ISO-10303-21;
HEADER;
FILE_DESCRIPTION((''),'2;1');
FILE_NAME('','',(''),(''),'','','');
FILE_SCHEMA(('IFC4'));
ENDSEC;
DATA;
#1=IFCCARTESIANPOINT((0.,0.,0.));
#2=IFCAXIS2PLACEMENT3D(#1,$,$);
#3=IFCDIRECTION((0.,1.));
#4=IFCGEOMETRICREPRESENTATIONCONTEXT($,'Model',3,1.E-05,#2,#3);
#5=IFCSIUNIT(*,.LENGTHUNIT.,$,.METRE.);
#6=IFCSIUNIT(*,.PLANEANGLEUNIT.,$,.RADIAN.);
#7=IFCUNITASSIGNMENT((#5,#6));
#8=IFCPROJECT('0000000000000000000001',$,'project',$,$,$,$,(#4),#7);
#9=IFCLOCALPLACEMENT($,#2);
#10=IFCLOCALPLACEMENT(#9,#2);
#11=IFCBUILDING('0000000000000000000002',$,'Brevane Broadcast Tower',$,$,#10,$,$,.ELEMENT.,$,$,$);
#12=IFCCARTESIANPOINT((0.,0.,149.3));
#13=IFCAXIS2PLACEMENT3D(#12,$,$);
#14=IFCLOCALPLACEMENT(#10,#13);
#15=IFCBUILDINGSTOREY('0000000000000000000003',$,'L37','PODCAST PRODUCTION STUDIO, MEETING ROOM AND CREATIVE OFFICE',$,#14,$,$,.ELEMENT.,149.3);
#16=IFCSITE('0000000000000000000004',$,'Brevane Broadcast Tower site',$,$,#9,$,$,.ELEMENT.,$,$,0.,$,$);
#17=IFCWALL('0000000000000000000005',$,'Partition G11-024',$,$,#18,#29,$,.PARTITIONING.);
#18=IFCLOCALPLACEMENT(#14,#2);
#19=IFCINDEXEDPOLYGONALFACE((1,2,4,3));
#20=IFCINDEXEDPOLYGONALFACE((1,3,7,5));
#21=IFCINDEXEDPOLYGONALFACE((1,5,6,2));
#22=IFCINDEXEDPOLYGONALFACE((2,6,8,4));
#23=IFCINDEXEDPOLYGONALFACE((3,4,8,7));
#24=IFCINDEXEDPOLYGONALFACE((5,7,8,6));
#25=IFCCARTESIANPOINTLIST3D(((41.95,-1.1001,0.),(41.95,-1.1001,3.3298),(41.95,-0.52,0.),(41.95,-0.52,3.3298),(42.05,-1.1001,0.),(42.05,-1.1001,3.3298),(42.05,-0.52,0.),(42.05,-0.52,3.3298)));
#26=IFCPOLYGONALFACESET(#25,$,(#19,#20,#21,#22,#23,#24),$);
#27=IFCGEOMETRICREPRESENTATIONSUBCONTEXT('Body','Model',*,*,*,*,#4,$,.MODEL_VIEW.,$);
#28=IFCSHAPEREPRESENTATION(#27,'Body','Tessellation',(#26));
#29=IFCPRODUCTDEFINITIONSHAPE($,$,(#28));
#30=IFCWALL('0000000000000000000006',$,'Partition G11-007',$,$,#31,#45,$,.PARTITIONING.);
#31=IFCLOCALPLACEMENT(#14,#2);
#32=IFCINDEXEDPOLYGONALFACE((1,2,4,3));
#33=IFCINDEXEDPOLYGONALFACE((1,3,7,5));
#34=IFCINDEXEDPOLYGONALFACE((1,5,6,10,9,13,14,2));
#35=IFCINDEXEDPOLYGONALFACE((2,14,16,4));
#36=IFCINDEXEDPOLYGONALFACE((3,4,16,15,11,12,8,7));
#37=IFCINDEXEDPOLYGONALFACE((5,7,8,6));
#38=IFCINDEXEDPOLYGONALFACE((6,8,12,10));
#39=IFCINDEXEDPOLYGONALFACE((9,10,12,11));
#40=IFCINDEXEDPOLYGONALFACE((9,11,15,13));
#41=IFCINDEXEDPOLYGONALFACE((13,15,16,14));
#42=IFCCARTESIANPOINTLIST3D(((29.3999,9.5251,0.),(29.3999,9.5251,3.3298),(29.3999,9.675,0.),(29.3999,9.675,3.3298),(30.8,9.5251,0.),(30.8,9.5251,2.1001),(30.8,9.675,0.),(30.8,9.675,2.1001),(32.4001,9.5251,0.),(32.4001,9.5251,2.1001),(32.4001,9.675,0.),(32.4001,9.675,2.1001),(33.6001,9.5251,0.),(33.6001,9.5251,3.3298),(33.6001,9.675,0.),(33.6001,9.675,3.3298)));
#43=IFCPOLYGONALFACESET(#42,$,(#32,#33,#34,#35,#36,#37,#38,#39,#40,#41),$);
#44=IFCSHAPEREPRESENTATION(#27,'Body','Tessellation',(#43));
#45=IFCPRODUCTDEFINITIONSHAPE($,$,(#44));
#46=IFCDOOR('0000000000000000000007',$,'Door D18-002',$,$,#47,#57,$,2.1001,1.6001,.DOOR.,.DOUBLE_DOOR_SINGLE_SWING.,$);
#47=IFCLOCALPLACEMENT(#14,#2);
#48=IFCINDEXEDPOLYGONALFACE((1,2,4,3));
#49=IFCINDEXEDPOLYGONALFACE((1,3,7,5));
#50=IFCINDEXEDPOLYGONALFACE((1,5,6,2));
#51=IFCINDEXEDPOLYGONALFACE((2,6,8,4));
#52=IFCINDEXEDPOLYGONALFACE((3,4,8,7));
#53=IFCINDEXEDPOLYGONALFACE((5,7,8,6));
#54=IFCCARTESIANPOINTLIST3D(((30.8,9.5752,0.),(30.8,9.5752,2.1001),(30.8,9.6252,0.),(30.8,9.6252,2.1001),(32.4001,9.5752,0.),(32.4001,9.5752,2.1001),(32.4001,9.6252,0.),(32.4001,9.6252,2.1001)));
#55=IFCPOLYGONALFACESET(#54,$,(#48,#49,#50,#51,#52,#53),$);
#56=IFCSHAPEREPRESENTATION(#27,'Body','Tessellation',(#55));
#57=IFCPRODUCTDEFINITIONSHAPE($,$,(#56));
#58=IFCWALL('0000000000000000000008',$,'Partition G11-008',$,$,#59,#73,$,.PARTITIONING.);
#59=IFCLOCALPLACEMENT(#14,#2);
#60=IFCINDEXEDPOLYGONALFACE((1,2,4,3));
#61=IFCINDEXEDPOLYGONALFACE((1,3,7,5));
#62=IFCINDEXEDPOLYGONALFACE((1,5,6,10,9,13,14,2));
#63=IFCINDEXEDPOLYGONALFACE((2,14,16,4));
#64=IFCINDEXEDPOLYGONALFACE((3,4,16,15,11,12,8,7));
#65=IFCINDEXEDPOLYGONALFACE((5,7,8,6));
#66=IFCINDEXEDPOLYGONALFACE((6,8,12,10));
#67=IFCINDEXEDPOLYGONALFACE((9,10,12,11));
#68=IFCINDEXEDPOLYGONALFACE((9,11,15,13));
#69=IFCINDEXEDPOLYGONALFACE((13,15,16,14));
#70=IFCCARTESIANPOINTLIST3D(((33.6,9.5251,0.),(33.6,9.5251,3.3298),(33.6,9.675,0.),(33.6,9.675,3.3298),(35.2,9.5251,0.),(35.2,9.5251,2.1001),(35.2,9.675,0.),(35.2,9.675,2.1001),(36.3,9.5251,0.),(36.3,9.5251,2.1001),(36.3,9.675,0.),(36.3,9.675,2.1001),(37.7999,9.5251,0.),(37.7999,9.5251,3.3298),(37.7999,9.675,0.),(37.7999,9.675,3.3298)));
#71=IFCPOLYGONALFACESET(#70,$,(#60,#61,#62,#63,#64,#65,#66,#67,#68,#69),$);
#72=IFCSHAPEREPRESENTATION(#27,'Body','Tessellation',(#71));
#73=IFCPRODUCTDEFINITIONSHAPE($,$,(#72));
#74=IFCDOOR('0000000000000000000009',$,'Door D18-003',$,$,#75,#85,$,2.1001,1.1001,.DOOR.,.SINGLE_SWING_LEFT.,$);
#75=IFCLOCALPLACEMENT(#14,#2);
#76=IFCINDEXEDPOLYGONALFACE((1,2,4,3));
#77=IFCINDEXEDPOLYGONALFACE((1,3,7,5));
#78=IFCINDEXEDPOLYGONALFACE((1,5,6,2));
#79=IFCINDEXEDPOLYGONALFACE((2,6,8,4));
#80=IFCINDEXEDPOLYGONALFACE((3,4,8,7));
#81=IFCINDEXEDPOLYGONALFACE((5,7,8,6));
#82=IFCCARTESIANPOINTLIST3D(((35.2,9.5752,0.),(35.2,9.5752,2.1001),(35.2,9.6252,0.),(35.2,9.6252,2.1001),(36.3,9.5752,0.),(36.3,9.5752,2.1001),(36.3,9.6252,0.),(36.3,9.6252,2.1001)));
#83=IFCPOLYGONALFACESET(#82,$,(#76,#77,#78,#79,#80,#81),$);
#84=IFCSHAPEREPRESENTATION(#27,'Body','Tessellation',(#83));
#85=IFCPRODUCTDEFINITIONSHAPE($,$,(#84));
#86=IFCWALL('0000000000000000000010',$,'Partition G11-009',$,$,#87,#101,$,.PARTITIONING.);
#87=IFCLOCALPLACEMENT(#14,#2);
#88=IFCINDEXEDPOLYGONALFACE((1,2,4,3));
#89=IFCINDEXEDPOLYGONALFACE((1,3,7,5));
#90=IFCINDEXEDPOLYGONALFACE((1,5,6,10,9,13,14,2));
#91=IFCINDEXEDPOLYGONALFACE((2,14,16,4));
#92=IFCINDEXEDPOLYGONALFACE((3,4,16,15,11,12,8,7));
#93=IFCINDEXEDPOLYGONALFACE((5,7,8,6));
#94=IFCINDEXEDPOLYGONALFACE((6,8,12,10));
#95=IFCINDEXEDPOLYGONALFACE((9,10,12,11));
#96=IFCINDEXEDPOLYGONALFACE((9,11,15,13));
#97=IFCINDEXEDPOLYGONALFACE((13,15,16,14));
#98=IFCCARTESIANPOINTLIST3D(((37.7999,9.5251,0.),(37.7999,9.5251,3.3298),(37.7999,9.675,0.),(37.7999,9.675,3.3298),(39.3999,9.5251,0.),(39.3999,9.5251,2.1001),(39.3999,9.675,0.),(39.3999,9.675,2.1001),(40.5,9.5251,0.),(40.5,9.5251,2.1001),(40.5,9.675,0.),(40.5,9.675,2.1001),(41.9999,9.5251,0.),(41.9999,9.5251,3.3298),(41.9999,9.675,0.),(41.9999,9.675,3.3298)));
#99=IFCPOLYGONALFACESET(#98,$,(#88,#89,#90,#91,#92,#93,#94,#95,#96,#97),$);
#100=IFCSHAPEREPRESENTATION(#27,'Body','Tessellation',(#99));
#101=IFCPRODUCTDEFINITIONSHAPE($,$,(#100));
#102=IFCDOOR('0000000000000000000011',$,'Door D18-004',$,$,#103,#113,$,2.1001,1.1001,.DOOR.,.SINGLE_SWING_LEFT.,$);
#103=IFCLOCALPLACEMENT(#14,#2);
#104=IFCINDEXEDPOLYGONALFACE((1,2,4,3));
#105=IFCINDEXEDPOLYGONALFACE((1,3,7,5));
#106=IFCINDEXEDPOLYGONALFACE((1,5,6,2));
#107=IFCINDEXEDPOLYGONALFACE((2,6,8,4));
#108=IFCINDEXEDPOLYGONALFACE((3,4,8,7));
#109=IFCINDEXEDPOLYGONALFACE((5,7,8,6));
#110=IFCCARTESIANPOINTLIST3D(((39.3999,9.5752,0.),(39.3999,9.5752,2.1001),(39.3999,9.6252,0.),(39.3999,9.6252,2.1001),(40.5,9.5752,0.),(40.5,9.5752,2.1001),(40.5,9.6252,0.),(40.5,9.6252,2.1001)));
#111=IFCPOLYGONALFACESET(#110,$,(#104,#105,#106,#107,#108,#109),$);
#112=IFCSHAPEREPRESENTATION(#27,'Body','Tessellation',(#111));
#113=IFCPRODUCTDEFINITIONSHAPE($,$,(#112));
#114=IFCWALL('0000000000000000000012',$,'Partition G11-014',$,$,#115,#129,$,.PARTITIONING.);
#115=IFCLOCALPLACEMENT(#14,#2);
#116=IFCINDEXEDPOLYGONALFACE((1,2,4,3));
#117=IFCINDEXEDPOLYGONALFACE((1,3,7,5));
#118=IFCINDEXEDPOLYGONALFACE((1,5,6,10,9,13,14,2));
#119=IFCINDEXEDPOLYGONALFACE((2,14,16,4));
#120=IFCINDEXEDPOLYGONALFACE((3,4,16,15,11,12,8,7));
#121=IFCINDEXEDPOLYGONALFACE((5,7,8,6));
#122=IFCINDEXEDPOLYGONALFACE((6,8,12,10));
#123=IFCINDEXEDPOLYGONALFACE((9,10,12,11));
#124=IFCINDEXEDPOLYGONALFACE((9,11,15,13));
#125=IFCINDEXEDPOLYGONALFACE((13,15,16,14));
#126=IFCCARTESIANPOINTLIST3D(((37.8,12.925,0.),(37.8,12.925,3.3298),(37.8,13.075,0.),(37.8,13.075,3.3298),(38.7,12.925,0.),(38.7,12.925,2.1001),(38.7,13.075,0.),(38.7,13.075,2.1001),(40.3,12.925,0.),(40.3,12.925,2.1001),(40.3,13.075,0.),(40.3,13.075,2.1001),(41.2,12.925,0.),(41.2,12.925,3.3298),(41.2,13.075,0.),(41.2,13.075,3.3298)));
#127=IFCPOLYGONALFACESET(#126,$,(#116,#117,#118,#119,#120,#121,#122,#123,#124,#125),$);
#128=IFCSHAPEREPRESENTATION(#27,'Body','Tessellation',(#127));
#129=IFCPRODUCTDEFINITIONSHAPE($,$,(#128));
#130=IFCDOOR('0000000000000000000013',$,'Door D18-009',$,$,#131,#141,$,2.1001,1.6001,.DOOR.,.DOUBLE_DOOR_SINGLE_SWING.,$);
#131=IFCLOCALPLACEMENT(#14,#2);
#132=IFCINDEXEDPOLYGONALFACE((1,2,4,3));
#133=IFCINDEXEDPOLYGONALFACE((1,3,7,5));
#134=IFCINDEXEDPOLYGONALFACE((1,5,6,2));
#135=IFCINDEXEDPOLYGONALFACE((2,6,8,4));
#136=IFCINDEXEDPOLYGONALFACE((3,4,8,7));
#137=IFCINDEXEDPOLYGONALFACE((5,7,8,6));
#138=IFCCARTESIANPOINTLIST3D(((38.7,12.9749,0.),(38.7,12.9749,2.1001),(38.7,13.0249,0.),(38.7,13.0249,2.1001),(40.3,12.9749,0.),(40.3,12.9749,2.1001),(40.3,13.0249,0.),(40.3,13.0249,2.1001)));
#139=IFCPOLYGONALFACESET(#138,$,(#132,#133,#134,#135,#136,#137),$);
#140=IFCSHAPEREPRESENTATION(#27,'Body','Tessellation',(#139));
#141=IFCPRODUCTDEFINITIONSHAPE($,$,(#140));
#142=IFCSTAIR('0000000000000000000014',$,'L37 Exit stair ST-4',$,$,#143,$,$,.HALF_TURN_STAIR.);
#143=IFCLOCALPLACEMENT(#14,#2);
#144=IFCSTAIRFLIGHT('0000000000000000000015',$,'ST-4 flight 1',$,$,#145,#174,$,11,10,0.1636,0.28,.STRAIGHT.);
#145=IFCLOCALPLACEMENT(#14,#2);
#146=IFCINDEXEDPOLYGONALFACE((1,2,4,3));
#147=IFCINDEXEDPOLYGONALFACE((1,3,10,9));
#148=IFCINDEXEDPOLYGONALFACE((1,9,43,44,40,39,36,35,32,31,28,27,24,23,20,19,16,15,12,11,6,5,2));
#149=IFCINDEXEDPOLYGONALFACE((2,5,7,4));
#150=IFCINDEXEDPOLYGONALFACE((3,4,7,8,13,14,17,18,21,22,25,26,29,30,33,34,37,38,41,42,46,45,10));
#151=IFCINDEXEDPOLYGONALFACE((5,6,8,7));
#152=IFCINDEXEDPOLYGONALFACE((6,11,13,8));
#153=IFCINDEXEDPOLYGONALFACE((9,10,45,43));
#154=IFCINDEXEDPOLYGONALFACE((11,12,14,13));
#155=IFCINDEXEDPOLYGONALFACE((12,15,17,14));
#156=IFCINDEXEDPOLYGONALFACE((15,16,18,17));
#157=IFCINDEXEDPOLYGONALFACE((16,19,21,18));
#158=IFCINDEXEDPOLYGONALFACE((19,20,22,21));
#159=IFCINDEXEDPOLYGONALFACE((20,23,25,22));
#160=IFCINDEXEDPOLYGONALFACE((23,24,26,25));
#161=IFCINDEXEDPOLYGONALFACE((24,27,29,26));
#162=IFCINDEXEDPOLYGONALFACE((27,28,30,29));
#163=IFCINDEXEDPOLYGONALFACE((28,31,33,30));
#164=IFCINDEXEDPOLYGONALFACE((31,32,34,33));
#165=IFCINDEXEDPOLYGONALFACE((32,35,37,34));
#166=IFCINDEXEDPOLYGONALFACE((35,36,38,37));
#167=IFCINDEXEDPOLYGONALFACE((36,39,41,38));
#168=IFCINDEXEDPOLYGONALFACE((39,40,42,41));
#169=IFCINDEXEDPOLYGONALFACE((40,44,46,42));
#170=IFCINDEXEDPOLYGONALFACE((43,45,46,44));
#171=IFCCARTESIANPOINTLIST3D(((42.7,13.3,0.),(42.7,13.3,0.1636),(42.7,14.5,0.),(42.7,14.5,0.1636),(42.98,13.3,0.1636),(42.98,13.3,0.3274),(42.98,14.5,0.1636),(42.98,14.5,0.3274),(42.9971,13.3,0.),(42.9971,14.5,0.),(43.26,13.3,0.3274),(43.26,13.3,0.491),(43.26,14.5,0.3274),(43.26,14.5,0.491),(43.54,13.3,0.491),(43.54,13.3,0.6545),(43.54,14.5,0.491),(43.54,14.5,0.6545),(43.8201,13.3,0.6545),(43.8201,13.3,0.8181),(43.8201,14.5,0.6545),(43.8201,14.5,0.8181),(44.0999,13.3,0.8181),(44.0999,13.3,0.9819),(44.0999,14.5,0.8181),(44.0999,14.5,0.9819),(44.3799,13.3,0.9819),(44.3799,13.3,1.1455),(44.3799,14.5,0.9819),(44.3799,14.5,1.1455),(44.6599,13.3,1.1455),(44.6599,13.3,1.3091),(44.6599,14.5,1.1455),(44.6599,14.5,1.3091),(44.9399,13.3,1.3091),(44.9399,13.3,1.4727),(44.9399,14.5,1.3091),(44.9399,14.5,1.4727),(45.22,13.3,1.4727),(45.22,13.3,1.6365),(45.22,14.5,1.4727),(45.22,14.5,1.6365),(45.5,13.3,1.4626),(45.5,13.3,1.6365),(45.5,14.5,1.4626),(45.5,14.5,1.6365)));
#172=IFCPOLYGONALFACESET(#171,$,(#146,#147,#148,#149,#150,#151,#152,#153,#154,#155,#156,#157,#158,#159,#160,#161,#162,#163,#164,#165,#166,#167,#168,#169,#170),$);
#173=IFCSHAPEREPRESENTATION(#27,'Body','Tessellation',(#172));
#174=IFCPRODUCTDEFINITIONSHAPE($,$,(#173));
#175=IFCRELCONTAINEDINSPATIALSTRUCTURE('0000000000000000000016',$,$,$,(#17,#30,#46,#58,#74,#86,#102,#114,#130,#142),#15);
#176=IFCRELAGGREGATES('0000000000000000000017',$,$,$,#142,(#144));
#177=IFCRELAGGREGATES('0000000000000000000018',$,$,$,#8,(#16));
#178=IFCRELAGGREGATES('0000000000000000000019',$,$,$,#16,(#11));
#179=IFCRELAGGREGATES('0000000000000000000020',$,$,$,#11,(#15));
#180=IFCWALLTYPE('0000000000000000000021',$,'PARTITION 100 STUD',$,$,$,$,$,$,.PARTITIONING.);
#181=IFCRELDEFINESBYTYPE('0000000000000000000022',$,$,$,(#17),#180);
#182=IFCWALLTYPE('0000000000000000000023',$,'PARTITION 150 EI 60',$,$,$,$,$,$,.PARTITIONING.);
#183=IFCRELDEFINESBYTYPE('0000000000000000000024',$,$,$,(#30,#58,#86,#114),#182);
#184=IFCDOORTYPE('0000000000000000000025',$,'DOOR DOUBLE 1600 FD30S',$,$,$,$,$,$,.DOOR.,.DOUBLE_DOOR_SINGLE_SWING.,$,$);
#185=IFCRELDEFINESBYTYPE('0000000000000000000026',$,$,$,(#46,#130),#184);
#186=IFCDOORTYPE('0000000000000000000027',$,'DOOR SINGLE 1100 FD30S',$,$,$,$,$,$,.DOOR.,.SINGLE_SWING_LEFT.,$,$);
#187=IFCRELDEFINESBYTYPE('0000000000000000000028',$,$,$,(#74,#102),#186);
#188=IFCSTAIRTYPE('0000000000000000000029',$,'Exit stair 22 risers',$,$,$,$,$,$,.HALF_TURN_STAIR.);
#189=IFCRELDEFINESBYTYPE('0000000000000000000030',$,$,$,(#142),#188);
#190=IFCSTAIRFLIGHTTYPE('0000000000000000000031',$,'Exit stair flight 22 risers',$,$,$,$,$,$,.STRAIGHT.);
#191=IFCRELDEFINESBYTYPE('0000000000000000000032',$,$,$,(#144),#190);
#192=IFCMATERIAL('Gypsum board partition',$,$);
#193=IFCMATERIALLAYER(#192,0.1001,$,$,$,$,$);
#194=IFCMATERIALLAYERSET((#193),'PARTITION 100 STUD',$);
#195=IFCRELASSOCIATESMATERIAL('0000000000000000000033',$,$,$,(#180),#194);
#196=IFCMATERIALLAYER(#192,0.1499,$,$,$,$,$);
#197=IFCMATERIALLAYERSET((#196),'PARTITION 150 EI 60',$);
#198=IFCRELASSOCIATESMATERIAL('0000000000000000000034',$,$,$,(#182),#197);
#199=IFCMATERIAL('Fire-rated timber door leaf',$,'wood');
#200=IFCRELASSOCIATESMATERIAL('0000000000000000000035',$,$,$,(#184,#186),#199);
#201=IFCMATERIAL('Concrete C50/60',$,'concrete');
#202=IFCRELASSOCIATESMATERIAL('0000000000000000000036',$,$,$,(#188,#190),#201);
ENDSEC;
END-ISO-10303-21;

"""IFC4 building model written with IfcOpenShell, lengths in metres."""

from ifc_helpers import new_model, si_unit, direction, frame, frame_2d, origin, place, context, subcontext, project, spatial, polyline, rectangle, outline, extrude, material, layer, layer_set, type_object, element, fill, aggregate, save


model = new_model("IFC4")

# Units and contexts
model_context = context("Model", 3, precision=1e-05, world=origin(), true_north=direction((0.0, 1.0)))
body_context = subcontext(model_context, "Body", "Model", "MODEL_VIEW")
ifc_project = project(units=[si_unit("LENGTHUNIT", "METRE"), si_unit("PLANEANGLEUNIT", "RADIAN")], contexts=[model_context])

# Site, building, storey
site_placement = place(None, origin())
site = spatial("IfcSite", under=ifc_project, at=site_placement, Name="Brevane Broadcast Tower site", CompositionType="ELEMENT", RefElevation=0.0)
building_placement = place(site_placement, origin())
building = spatial("IfcBuilding", under=site, at=building_placement, Name="Brevane Broadcast Tower", CompositionType="ELEMENT")
storey_placement = place(building_placement, frame((0.0, 0.0, 149.3)))
storey = spatial("IfcBuildingStorey", under=building, at=storey_placement, Name="L37", Description="PODCAST PRODUCTION STUDIO, MEETING ROOM AND CREATIVE OFFICE", CompositionType="ELEMENT", Elevation=149.3)

# Wall
ifc_material_1 = material(Name="Gypsum board partition")
ifc_layer_1 = layer(ifc_material_1, 0.1001)
ifc_layer_set_1 = layer_set([ifc_layer_1], Name="PARTITION 100 STUD")
wall_type_1 = type_object("IfcWallType", Name="PARTITION 100 STUD", PredefinedType="PARTITIONING", material=ifc_layer_set_1)
wall_1_placement = place(storey_placement, frame((42.0, -0.52, 0.0), z_axis=(0.0, 0.0, 1.0), x_axis=(0.0, -1.0, 0.0)))
element("IfcWall", 1, at=wall_1_placement, inside=storey, type_object=wall_type_1, Name="Partition G11-024", PredefinedType="PARTITIONING", context=body_context, shape_type="SweptSolid", body=[
    extrude(rectangle(XDim=0.5801, YDim=0.1001, at=frame_2d((0.29, 0.0))), origin(), (0.0, 0.0, 1.0), 3.3298),
])

# Walls, openings, doors
ifc_layer_2 = layer(ifc_material_1, 0.1499)
ifc_layer_set_2 = layer_set([ifc_layer_2], Name="PARTITION 150 EI 60")
wall_type_2 = type_object("IfcWallType", Name="PARTITION 150 EI 60", PredefinedType="PARTITIONING", material=ifc_layer_set_2)
wall_2_placement = place(storey_placement, frame((33.6001, 9.6001, 0.0), z_axis=(0.0, 0.0, 1.0), x_axis=(-1.0, 0.0, 0.0)))
wall_2 = element("IfcWall", 2, at=wall_2_placement, inside=storey, type_object=wall_type_2, Name="Partition G11-007", PredefinedType="PARTITIONING", context=body_context, shape_type="SweptSolid", body=[
    extrude(rectangle(XDim=4.2002, YDim=0.1499, at=frame_2d((2.1001, 0.0))), origin(), (0.0, 0.0, 1.0), 3.3298),
])
opening_1_placement = place(wall_2_placement, frame((1.2, 0.0, 0.0)))
opening_1 = element("IfcOpeningElement", 3, at=opening_1_placement, cuts=wall_2, PredefinedType="OPENING", context=body_context, shape_type="SweptSolid", body=[
    extrude(rectangle(XDim=1.6001, YDim=2.1001, at=frame_2d((0.8, 1.05))), frame((0.0, 0.085, 0.0), z_axis=(0.0, -1.0, 0.0), x_axis=(1.0, 0.0, 0.0)), (0.0, 0.0, 1.0), 0.1699),
])
ifc_material_2 = material(Name="Fire-rated timber door leaf", Category="wood")
door_type_1 = type_object("IfcDoorType", Name="DOOR DOUBLE 1600 FD30S", OperationType="DOUBLE_DOOR_SINGLE_SWING", PredefinedType="DOOR", material=ifc_material_2)
door_1_placement = place(opening_1_placement, origin())
door_1 = element("IfcDoor", 4, at=door_1_placement, inside=storey, type_object=door_type_1, Name="Door D18-002", OperationType="DOUBLE_DOOR_SINGLE_SWING", OverallHeight=2.1001, OverallWidth=1.6001, PredefinedType="DOOR", context=body_context, shape_type="SweptSolid", body=[
    extrude(rectangle(XDim=1.6001, YDim=2.1001, at=frame_2d((0.8, 1.05))), frame((0.0, 0.0249, 0.0), z_axis=(0.0, -1.0, 0.0), x_axis=(1.0, 0.0, 0.0)), (0.0, 0.0, 1.0), 0.05),
])
fill(opening_1, door_1)
wall_3_placement = place(storey_placement, frame((37.8, 9.6001, 0.0), z_axis=(0.0, 0.0, 1.0), x_axis=(-1.0, 0.0, 0.0)))
wall_3 = element("IfcWall", 5, at=wall_3_placement, inside=storey, type_object=wall_type_2, Name="Partition G11-008", PredefinedType="PARTITIONING", context=body_context, shape_type="SweptSolid", body=[
    extrude(rectangle(XDim=4.2, YDim=0.1499, at=frame_2d((2.1001, 0.0))), origin(), (0.0, 0.0, 1.0), 3.3298),
])
opening_2_placement = place(wall_3_placement, frame((1.5, 0.0, 0.0)))
opening_2 = element("IfcOpeningElement", 6, at=opening_2_placement, cuts=wall_3, PredefinedType="OPENING", context=body_context, shape_type="SweptSolid", body=[
    extrude(rectangle(XDim=1.1001, YDim=2.1001, at=frame_2d((0.55, 1.05))), frame((0.0, 0.085, 0.0), z_axis=(0.0, -1.0, 0.0), x_axis=(1.0, 0.0, 0.0)), (0.0, 0.0, 1.0), 0.1699),
])
door_type_2 = type_object("IfcDoorType", Name="DOOR SINGLE 1100 FD30S", OperationType="SINGLE_SWING_LEFT", PredefinedType="DOOR", material=ifc_material_2)
door_2_placement = place(opening_2_placement, origin())
door_2 = element("IfcDoor", 7, at=door_2_placement, inside=storey, type_object=door_type_2, Name="Door D18-003", OperationType="SINGLE_SWING_LEFT", OverallHeight=2.1001, OverallWidth=1.1001, PredefinedType="DOOR", context=body_context, shape_type="SweptSolid", body=[
    extrude(rectangle(XDim=1.1001, YDim=2.1001, at=frame_2d((0.55, 1.05))), frame((0.0, 0.0249, 0.0), z_axis=(0.0, -1.0, 0.0), x_axis=(1.0, 0.0, 0.0)), (0.0, 0.0, 1.0), 0.05),
])
fill(opening_2, door_2)
wall_4_placement = place(storey_placement, frame((42.0, 9.6001, 0.0), z_axis=(0.0, 0.0, 1.0), x_axis=(-1.0, 0.0, 0.0)))
wall_4 = element("IfcWall", 8, at=wall_4_placement, inside=storey, type_object=wall_type_2, Name="Partition G11-009", PredefinedType="PARTITIONING", context=body_context, shape_type="SweptSolid", body=[
    extrude(rectangle(XDim=4.2, YDim=0.1499, at=frame_2d((2.1001, 0.0))), origin(), (0.0, 0.0, 1.0), 3.3298),
])
opening_3_placement = place(wall_4_placement, frame((1.5, 0.0, 0.0)))
opening_3 = element("IfcOpeningElement", 9, at=opening_3_placement, cuts=wall_4, PredefinedType="OPENING", context=body_context, shape_type="SweptSolid", body=[
    extrude(rectangle(XDim=1.1001, YDim=2.1001, at=frame_2d((0.55, 1.05))), frame((0.0, 0.085, 0.0), z_axis=(0.0, -1.0, 0.0), x_axis=(1.0, 0.0, 0.0)), (0.0, 0.0, 1.0), 0.1699),
])
door_3_placement = place(opening_3_placement, origin())
door_3 = element("IfcDoor", 10, at=door_3_placement, inside=storey, type_object=door_type_2, Name="Door D18-004", OperationType="SINGLE_SWING_LEFT", OverallHeight=2.1001, OverallWidth=1.1001, PredefinedType="DOOR", context=body_context, shape_type="SweptSolid", body=[
    extrude(rectangle(XDim=1.1001, YDim=2.1001, at=frame_2d((0.55, 1.05))), frame((0.0, 0.0249, 0.0), z_axis=(0.0, -1.0, 0.0), x_axis=(1.0, 0.0, 0.0)), (0.0, 0.0, 1.0), 0.05),
])
fill(opening_3, door_3)
wall_5_placement = place(storey_placement, frame((37.8, 13.0, 0.0), z_axis=(0.0, 0.0, 1.0), x_axis=(1.0, 0.0, 0.0)))
wall_5 = element("IfcWall", 11, at=wall_5_placement, inside=storey, type_object=wall_type_2, Name="Partition G11-014", PredefinedType="PARTITIONING", context=body_context, shape_type="SweptSolid", body=[
    extrude(rectangle(XDim=3.3999, YDim=0.1499, at=frame_2d((1.7, 0.0))), origin(), (0.0, 0.0, 1.0), 3.3298),
])
opening_4_placement = place(wall_5_placement, frame((0.8999, 0.0, 0.0)))
opening_4 = element("IfcOpeningElement", 12, at=opening_4_placement, cuts=wall_5, PredefinedType="OPENING", context=body_context, shape_type="SweptSolid", body=[
    extrude(rectangle(XDim=1.6001, YDim=2.1001, at=frame_2d((0.8, 1.05))), frame((0.0, 0.085, 0.0), z_axis=(0.0, -1.0, 0.0), x_axis=(1.0, 0.0, 0.0)), (0.0, 0.0, 1.0), 0.1699),
])
door_4_placement = place(opening_4_placement, origin())
door_4 = element("IfcDoor", 13, at=door_4_placement, inside=storey, type_object=door_type_1, Name="Door D18-009", OperationType="DOUBLE_DOOR_SINGLE_SWING", OverallHeight=2.1001, OverallWidth=1.6001, PredefinedType="DOOR", context=body_context, shape_type="SweptSolid", body=[
    extrude(rectangle(XDim=1.6001, YDim=2.1001, at=frame_2d((0.8, 1.05))), frame((0.0, 0.0249, 0.0), z_axis=(0.0, -1.0, 0.0), x_axis=(1.0, 0.0, 0.0)), (0.0, 0.0, 1.0), 0.05),
])
fill(opening_4, door_4)

# Stair, stair flight
ifc_material_3 = material(Name="Concrete C50/60", Category="concrete")
stair_type = type_object("IfcStairType", Name="Exit stair 22 risers", PredefinedType="HALF_TURN_STAIR", material=ifc_material_3)
stair_placement = place(storey_placement, origin())
stair = element("IfcStair", 14, at=stair_placement, inside=storey, type_object=stair_type, Name="L37 Exit stair ST-4", PredefinedType="HALF_TURN_STAIR")
stair_flight_type = type_object("IfcStairFlightType", Name="Exit stair flight 22 risers", PredefinedType="STRAIGHT", material=ifc_material_3)
stair_flight_1_placement = place(storey_placement, frame((42.7, 13.8999, 0.0), z_axis=(0.0, 0.0, 1.0), x_axis=(1.0, 0.0, 0.0)))
stair_flight_1 = element("IfcStairFlight", 15, at=stair_flight_1_placement, type_object=stair_flight_type, Name="ST-4 flight 1", NumberOfRisers=11, NumberOfTreads=10, PredefinedType="STRAIGHT", RiserHeight=0.1636, TreadLength=0.28, context=body_context, shape_type="SweptSolid", body=[
    extrude(outline(polyline([(0.0, 0.0), (0.0, 0.1636), (0.28, 0.1636), (0.28, 0.3274), (0.5601, 0.3274), (0.5601, 0.491), (0.8401, 0.491), (0.8401, 0.6545), (1.1201, 0.6545), (1.1201, 0.8181), (1.3999, 0.8181), (1.3999, 0.9819), (1.6799, 0.9819), (1.6799, 1.1455), (1.96, 1.1455), (1.96, 1.3091), (2.24, 1.3091), (2.24, 1.4727), (2.52, 1.4727), (2.52, 1.6365), (2.8, 1.6365), (2.8, 1.8), (2.8, 1.4626), (0.2971, 0.0), (0.0, 0.0)])), frame((0.0, 0.6001, 0.0), z_axis=(0.0, -1.0, 0.0), x_axis=(1.0, 0.0, 0.0)), (0.0, 0.0, 1.0), 1.2),
])
aggregate(stair, [stair_flight_1])

save(model, "model.ifc")
